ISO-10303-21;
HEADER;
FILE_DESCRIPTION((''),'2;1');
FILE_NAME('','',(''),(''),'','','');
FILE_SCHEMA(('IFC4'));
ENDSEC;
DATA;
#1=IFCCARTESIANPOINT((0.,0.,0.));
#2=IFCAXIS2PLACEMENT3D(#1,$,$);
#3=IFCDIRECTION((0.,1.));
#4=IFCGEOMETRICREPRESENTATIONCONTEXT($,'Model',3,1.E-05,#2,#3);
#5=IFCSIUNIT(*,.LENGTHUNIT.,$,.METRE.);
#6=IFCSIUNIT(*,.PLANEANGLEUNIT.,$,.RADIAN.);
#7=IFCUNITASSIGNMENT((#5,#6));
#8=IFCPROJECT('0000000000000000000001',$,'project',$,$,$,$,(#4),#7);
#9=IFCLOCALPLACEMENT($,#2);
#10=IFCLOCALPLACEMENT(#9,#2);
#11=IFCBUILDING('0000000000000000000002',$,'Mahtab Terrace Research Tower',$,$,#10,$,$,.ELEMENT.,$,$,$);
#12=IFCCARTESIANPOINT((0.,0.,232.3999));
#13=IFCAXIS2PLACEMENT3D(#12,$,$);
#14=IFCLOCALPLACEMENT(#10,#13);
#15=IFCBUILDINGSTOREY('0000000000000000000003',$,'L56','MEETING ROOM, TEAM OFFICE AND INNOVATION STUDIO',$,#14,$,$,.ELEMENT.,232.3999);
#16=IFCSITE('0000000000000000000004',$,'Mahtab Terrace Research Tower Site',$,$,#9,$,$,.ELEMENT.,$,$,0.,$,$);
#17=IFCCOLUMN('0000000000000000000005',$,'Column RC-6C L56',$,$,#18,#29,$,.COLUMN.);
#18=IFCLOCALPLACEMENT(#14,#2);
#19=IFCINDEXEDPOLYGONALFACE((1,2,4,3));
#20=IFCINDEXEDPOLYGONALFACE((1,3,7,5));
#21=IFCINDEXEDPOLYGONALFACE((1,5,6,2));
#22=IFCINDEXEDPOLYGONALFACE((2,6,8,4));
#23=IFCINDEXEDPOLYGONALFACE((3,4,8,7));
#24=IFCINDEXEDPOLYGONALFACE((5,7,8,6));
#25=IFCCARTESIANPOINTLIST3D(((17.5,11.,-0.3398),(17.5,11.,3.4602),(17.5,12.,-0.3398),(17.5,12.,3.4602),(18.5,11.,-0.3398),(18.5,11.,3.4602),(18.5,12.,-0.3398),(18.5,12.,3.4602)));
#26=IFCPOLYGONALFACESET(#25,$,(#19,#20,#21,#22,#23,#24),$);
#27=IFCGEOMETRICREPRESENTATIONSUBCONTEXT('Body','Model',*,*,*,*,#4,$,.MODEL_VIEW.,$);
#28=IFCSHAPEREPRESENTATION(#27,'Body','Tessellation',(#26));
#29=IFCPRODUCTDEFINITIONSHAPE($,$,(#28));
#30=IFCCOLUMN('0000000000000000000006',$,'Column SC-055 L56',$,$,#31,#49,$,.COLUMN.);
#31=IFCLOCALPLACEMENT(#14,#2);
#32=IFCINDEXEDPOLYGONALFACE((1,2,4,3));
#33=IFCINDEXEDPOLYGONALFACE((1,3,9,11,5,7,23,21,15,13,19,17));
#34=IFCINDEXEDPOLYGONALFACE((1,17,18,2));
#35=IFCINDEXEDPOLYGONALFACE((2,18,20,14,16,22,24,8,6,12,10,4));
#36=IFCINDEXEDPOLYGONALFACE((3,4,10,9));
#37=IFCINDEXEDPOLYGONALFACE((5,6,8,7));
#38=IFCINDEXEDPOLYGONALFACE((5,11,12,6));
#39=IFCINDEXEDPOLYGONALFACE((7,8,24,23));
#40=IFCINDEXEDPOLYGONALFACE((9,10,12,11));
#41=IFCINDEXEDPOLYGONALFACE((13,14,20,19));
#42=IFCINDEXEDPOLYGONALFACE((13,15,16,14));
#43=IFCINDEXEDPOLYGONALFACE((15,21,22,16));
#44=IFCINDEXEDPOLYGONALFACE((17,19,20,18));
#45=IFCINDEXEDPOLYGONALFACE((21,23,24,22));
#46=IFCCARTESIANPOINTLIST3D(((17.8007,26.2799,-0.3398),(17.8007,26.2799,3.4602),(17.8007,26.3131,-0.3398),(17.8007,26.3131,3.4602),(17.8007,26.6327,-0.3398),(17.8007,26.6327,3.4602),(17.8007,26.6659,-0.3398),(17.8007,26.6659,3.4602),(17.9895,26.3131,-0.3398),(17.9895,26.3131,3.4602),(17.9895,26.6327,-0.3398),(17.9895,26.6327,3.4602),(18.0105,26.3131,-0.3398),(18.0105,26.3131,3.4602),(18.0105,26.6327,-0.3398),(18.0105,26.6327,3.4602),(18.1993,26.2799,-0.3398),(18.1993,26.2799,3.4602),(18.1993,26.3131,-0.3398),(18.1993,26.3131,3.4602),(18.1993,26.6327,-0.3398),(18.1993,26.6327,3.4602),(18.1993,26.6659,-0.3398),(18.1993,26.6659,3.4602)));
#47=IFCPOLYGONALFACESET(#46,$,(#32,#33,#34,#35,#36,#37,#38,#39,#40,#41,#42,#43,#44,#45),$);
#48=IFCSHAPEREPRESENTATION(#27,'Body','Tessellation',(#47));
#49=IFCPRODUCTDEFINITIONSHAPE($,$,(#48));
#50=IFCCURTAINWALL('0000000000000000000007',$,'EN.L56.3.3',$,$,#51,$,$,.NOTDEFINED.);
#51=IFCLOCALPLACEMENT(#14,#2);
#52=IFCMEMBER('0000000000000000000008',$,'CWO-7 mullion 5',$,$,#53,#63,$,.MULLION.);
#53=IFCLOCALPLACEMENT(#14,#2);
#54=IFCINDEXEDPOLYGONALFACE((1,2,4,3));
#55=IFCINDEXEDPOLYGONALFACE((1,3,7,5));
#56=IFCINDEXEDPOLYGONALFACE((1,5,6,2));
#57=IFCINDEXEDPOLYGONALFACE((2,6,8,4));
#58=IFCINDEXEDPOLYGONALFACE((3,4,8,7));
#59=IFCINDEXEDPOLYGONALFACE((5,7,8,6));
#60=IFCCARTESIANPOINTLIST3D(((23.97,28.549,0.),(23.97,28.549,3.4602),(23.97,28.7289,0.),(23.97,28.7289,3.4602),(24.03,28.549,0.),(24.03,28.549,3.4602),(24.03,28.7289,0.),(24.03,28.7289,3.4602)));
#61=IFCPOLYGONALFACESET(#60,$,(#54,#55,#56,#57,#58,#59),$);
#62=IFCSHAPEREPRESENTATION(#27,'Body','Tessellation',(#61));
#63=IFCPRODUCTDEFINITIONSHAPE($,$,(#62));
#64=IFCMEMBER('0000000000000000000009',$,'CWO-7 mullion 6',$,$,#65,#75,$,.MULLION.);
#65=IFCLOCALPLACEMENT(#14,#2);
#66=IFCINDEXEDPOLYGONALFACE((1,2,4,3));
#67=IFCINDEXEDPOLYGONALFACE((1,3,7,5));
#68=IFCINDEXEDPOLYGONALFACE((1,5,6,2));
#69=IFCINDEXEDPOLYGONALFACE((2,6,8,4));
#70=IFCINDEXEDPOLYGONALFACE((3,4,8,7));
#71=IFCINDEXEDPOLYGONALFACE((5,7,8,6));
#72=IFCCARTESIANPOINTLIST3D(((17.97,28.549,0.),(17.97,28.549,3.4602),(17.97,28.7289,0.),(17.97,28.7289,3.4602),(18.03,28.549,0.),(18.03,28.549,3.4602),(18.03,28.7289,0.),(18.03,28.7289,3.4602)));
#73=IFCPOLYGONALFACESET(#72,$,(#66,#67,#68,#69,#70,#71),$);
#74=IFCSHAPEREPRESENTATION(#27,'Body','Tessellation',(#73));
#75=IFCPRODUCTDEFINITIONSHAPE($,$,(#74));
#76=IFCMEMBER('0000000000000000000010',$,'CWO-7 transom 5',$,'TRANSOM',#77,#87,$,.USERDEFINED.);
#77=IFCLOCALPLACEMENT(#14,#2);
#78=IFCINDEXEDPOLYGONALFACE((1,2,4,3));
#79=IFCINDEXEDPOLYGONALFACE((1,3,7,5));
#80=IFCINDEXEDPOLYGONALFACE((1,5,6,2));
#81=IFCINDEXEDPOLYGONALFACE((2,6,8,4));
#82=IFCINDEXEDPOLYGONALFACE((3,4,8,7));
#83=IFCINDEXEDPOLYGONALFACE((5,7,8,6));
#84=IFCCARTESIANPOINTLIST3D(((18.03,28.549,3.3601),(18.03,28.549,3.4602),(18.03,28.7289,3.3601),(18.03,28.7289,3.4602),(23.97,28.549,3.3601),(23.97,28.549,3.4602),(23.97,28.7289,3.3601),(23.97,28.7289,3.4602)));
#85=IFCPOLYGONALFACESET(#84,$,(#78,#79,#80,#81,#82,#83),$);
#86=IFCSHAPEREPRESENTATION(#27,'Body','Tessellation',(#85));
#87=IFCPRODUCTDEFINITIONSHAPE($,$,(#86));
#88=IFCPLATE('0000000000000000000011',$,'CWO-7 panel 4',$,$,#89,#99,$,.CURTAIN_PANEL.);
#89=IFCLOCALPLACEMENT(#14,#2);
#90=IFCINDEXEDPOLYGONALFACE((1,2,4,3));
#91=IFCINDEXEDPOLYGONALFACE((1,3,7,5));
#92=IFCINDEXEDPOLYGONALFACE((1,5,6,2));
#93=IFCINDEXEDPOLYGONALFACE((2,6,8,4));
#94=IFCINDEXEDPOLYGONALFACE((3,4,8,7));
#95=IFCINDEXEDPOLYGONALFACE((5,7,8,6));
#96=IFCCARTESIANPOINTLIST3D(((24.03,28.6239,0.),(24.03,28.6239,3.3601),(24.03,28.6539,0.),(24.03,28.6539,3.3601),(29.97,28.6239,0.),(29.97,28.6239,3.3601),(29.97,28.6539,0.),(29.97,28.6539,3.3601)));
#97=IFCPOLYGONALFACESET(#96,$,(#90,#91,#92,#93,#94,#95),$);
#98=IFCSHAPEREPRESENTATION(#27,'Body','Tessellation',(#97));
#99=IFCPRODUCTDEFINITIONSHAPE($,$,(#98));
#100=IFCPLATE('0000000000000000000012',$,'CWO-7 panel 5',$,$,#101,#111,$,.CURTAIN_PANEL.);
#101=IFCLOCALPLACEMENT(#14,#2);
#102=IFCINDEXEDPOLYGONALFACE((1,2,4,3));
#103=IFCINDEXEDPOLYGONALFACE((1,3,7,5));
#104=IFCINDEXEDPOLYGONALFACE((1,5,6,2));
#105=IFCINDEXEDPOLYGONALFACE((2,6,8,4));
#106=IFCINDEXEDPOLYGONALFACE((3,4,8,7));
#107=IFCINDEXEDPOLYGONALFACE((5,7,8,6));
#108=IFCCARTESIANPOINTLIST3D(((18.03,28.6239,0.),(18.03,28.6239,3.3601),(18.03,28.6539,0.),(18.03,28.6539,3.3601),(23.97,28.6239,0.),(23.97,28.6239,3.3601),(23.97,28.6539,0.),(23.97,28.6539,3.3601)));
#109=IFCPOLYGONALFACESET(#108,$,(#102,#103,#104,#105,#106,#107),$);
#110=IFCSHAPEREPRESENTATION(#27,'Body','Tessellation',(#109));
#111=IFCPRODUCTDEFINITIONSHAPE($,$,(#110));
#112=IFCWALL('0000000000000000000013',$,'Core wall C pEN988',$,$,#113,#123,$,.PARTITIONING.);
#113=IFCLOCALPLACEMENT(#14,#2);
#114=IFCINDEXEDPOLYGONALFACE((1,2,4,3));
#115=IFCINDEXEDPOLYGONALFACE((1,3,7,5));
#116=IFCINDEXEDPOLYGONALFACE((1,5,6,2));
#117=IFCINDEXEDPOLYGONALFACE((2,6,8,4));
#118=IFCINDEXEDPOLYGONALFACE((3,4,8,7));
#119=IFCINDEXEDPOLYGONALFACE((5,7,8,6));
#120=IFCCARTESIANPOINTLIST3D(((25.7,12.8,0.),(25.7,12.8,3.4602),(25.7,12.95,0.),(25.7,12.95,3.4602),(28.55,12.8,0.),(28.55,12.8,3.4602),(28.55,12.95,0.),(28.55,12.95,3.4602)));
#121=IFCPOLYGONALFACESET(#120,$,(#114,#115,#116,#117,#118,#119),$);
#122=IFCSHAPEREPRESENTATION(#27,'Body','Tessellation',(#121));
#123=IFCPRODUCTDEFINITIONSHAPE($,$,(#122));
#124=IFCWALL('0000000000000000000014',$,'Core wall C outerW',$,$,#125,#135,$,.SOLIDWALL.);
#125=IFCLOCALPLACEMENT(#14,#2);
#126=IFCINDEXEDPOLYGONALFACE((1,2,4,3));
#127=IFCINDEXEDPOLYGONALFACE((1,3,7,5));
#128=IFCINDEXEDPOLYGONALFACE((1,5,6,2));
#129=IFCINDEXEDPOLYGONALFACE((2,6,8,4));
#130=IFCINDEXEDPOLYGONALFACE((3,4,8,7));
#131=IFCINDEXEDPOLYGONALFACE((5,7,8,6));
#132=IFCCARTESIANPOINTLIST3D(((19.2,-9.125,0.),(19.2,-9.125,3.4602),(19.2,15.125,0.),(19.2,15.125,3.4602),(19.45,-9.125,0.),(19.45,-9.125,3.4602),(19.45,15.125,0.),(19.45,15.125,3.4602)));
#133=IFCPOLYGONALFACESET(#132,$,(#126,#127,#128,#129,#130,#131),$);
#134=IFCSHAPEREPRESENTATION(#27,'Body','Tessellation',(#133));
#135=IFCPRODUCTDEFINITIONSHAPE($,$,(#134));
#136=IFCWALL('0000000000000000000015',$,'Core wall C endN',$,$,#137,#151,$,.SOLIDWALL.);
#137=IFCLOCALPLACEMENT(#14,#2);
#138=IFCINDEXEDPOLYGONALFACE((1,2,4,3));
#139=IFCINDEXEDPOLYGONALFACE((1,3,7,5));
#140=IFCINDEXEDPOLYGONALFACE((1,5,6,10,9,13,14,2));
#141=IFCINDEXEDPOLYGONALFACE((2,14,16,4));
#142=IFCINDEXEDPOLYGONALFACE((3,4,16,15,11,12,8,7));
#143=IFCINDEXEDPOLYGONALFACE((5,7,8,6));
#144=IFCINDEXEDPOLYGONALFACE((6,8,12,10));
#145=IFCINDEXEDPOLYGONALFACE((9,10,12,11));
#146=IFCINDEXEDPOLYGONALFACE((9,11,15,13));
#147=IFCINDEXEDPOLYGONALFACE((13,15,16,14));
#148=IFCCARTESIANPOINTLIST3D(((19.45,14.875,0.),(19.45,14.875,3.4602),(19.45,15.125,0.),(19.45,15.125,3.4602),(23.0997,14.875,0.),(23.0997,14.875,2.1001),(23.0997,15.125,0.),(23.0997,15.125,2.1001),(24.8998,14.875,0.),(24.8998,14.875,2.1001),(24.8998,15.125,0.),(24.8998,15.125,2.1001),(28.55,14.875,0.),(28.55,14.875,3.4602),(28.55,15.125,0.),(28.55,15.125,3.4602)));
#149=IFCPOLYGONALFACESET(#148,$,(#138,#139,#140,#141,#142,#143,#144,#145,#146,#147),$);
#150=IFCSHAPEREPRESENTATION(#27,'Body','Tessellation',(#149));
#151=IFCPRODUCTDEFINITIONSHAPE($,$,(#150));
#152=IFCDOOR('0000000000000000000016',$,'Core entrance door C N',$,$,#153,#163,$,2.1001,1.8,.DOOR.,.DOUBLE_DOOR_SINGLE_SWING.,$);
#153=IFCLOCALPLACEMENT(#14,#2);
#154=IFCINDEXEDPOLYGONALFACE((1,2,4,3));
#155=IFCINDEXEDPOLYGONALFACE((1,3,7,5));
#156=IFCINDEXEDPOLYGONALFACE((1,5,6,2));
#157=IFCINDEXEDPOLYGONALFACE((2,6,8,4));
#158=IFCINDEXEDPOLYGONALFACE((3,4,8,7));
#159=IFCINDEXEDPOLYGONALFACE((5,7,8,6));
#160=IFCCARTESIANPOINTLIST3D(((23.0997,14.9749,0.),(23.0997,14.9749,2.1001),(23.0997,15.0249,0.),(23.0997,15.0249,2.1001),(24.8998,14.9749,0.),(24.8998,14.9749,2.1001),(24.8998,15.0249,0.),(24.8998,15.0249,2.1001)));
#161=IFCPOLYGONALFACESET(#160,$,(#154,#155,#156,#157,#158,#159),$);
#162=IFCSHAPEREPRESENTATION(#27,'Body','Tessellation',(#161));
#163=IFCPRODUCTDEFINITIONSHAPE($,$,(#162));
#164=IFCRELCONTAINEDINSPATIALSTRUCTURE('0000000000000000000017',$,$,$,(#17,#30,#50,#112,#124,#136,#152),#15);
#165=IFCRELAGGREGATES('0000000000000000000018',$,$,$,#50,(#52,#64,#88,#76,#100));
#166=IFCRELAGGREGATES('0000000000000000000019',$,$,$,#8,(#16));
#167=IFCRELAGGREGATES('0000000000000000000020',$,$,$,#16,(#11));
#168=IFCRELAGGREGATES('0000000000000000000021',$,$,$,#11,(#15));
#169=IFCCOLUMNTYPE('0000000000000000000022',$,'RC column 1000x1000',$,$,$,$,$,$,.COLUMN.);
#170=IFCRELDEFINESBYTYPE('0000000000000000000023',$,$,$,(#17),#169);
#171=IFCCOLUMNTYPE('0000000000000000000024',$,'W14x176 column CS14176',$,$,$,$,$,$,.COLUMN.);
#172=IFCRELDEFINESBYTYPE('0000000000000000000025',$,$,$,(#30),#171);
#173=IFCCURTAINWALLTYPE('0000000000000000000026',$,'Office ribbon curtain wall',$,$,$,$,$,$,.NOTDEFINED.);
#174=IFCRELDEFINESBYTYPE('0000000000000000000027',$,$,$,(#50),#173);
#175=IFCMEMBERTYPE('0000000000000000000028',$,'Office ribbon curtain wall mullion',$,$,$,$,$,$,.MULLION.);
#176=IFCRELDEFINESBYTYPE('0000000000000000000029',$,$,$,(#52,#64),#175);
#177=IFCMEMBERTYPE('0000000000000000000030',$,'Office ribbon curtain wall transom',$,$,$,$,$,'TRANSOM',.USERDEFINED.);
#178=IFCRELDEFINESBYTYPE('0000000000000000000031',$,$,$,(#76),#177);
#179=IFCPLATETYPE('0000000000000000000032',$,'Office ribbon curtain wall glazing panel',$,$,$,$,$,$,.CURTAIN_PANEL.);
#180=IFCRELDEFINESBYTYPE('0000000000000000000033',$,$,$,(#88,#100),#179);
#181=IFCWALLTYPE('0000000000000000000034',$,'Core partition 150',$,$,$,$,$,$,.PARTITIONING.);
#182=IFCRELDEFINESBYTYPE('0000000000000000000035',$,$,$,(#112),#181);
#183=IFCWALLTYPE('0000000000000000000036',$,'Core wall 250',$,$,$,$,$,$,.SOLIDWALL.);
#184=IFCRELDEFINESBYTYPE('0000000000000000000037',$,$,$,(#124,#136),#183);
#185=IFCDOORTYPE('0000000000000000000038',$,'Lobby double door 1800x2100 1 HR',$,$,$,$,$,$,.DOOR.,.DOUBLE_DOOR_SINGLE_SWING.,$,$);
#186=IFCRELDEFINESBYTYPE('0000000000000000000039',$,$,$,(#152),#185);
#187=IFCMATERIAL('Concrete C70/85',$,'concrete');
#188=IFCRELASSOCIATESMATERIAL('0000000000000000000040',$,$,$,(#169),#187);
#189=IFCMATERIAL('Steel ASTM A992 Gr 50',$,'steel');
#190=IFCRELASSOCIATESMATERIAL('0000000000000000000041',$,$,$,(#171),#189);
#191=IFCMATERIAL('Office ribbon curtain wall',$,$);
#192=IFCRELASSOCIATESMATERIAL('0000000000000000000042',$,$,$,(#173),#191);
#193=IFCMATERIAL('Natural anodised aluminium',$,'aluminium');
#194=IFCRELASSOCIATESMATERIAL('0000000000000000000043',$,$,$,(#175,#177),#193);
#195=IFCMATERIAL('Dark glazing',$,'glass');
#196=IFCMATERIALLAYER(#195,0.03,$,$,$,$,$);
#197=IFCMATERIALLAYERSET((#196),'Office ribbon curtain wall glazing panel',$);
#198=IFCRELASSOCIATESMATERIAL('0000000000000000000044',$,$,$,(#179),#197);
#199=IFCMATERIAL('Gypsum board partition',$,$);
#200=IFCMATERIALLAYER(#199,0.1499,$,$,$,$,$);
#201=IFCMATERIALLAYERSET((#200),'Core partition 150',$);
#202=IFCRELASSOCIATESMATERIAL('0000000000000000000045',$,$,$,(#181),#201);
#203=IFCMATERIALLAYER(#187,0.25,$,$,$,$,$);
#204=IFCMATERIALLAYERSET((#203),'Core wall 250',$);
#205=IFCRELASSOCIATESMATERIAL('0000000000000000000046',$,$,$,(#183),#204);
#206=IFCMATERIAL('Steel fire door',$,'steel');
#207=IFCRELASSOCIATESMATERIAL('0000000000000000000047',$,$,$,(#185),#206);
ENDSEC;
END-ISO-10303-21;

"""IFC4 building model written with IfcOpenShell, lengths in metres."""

from ifc_helpers import new_model, si_unit, direction, frame, frame_2d, origin, origin_2d, place, context, subcontext, project, spatial, rectangle, i_section, extrude, material, layer, layer_set, material_profile, profile_set, type_object, element, fill, aggregate, save


model = new_model("IFC4")

# Units and contexts
model_context = context("Model", 3, precision=1e-05, world=origin(), true_north=direction((0.0, 1.0)))
body_context = subcontext(model_context, "Body", "Model", "MODEL_VIEW")
ifc_project = project(units=[si_unit("LENGTHUNIT", "METRE"), si_unit("PLANEANGLEUNIT", "RADIAN")], contexts=[model_context])

# Site, building, storey
site_placement = place(None, origin())
site = spatial("IfcSite", under=ifc_project, at=site_placement, Name="Mahtab Terrace Research Tower Site", CompositionType="ELEMENT", RefElevation=0.0)
building_placement = place(site_placement, origin())
building = spatial("IfcBuilding", under=site, at=building_placement, Name="Mahtab Terrace Research Tower", CompositionType="ELEMENT")
storey_placement = place(building_placement, frame((0.0, 0.0, 232.3999)))
storey = spatial("IfcBuildingStorey", under=building, at=storey_placement, Name="L56", Description="MEETING ROOM, TEAM OFFICE AND INNOVATION STUDIO", CompositionType="ELEMENT", Elevation=232.3999)

# Columns
ifc_material_1 = material(Name="Concrete C70/85", Category="concrete")
ifc_material_profile_1 = material_profile(ifc_material_1, rectangle(XDim=1.0, YDim=1.0, at=origin_2d()), Name="RC column 1000x1000")
ifc_profile_set_1 = profile_set([ifc_material_profile_1], Name="Concrete C70/85")
column_type_1 = type_object("IfcColumnType", Name="RC column 1000x1000", PredefinedType="COLUMN", material=ifc_profile_set_1)
column_1_placement = place(storey_placement, frame((18.0, 11.5, -0.3398), z_axis=(0.0, 0.0, 1.0), x_axis=(1.0, 0.0, 0.0)))
element("IfcColumn", 1, at=column_1_placement, inside=storey, type_object=column_type_1, Name="Column RC-6C L56", PredefinedType="COLUMN", context=body_context, shape_type="SweptSolid", body=[
    extrude(rectangle(XDim=1.0, YDim=1.0, at=origin_2d()), origin(), (0.0, 0.0, 1.0), 3.8),
])
ifc_material_2 = material(Name="Steel ASTM A992 Gr 50", Category="steel")
ifc_material_profile_2 = material_profile(ifc_material_2, i_section(OverallWidth=0.3987, OverallDepth=0.386, WebThickness=0.021, FlangeThickness=0.0332, at=origin_2d()), Name="W14X176")
ifc_profile_set_2 = profile_set([ifc_material_profile_2], Name="Steel ASTM A992 Gr 50")
column_type_2 = type_object("IfcColumnType", Name="W14x176 column CS14176", PredefinedType="COLUMN", material=ifc_profile_set_2)
column_2_placement = place(storey_placement, frame((18.0, 26.4729, -0.3398), z_axis=(0.0, 0.0, 1.0), x_axis=(1.0, 0.0, 0.0)))
element("IfcColumn", 2, at=column_2_placement, inside=storey, type_object=column_type_2, Name="Column SC-055 L56", PredefinedType="COLUMN", context=body_context, shape_type="SweptSolid", body=[
    extrude(i_section(OverallWidth=0.3987, OverallDepth=0.386, WebThickness=0.021, FlangeThickness=0.0332, at=origin_2d()), origin(), (0.0, 0.0, 1.0), 3.8),
])

# Curtain wall, members, plates
ifc_material_3 = material(Name="Office ribbon curtain wall")
curtain_wall_type = type_object("IfcCurtainWallType", Name="Office ribbon curtain wall", PredefinedType="NOTDEFINED", material=ifc_material_3)
curtain_wall_placement = place(storey_placement, origin())
curtain_wall = element("IfcCurtainWall", 3, at=curtain_wall_placement, inside=storey, type_object=curtain_wall_type, Name="EN.L56.3.3", PredefinedType="NOTDEFINED")
ifc_material_4 = material(Name="Natural anodised aluminium", Category="aluminium")
ifc_material_profile_3 = material_profile(ifc_material_4, rectangle(XDim=0.1799, YDim=0.0601, at=origin_2d()), Name="MULLION 60x180")
ifc_profile_set_3 = profile_set([ifc_material_profile_3], Name="Natural anodised aluminium")
member_type_1 = type_object("IfcMemberType", Name="Office ribbon curtain wall mullion", PredefinedType="MULLION", material=ifc_profile_set_3)
member_1_placement = place(storey_placement, frame((24.0, 28.6389, 0.0), z_axis=(0.0, 0.0, 1.0), x_axis=(0.0, -1.0, 0.0)))
member_1 = element("IfcMember", 4, at=member_1_placement, type_object=member_type_1, Name="CWO-7 mullion 5", PredefinedType="MULLION", context=body_context, shape_type="SweptSolid", body=[
    extrude(rectangle(XDim=0.1799, YDim=0.0601, at=origin_2d()), origin(), (0.0, 0.0, 1.0), 3.4602),
])
member_2_placement = place(storey_placement, frame((18.0, 28.6389, 0.0), z_axis=(0.0, 0.0, 1.0), x_axis=(0.0, -1.0, 0.0)))
member_2 = element("IfcMember", 5, at=member_2_placement, type_object=member_type_1, Name="CWO-7 mullion 6", PredefinedType="MULLION", context=body_context, shape_type="SweptSolid", body=[
    extrude(rectangle(XDim=0.1799, YDim=0.0601, at=origin_2d()), origin(), (0.0, 0.0, 1.0), 3.4602),
])
ifc_material_profile_4 = material_profile(ifc_material_4, rectangle(XDim=0.1799, YDim=0.1001, at=origin_2d()), Name="TRANSOM 100x180")
ifc_profile_set_4 = profile_set([ifc_material_profile_4], Name="Natural anodised aluminium")
member_type_2 = type_object("IfcMemberType", Name="Office ribbon curtain wall transom", ElementType="TRANSOM", PredefinedType="USERDEFINED", material=ifc_profile_set_4)
member_3_placement = place(storey_placement, frame((23.97, 28.6389, 3.4102), z_axis=(-1.0, 0.0, 0.0), x_axis=(0.0, -1.0, 0.0)))
member_3 = element("IfcMember", 6, at=member_3_placement, type_object=member_type_2, Name="CWO-7 transom 5", ObjectType="TRANSOM", PredefinedType="USERDEFINED", context=body_context, shape_type="SweptSolid", body=[
    extrude(rectangle(XDim=0.1799, YDim=0.1001, at=origin_2d()), origin(), (0.0, 0.0, 1.0), 5.9399),
])
ifc_material_5 = material(Name="Dark glazing", Category="glass")
ifc_layer_1 = layer(ifc_material_5, 0.03)
ifc_layer_set_1 = layer_set([ifc_layer_1], Name="Office ribbon curtain wall glazing panel")
plate_type = type_object("IfcPlateType", Name="Office ribbon curtain wall glazing panel", PredefinedType="CURTAIN_PANEL", material=ifc_layer_set_1)
plate_1_placement = place(storey_placement, frame((27.0, 28.6389, 0.0), z_axis=(0.0, 0.0, 1.0), x_axis=(-1.0, 0.0, 0.0)))
plate_1 = element("IfcPlate", 7, at=plate_1_placement, type_object=plate_type, Name="CWO-7 panel 4", PredefinedType="CURTAIN_PANEL", context=body_context, shape_type="SweptSolid", body=[
    extrude(rectangle(XDim=5.9399, YDim=0.03, at=origin_2d()), origin(), (0.0, 0.0, 1.0), 3.3601),
])
plate_2_placement = place(storey_placement, frame((21.0, 28.6389, 0.0), z_axis=(0.0, 0.0, 1.0), x_axis=(-1.0, 0.0, 0.0)))
plate_2 = element("IfcPlate", 8, at=plate_2_placement, type_object=plate_type, Name="CWO-7 panel 5", PredefinedType="CURTAIN_PANEL", context=body_context, shape_type="SweptSolid", body=[
    extrude(rectangle(XDim=5.9399, YDim=0.03, at=origin_2d()), origin(), (0.0, 0.0, 1.0), 3.3601),
])
aggregate(curtain_wall, [member_1, member_2, plate_1, member_3, plate_2])

# Walls
ifc_material_6 = material(Name="Gypsum board partition")
ifc_layer_2 = layer(ifc_material_6, 0.1499)
ifc_layer_set_2 = layer_set([ifc_layer_2], Name="Core partition 150")
wall_type_1 = type_object("IfcWallType", Name="Core partition 150", PredefinedType="PARTITIONING", material=ifc_layer_set_2)
wall_1_placement = place(storey_placement, frame((25.7, 12.875, 0.0), z_axis=(0.0, 0.0, 1.0), x_axis=(1.0, 0.0, 0.0)))
element("IfcWall", 9, at=wall_1_placement, inside=storey, type_object=wall_type_1, Name="Core wall C pEN988", PredefinedType="PARTITIONING", context=body_context, shape_type="SweptSolid", body=[
    extrude(rectangle(XDim=2.8501, YDim=0.1499, at=frame_2d((1.425, 0.0))), origin(), (0.0, 0.0, 1.0), 3.4602),
])
ifc_layer_3 = layer(ifc_material_1, 0.25)
ifc_layer_set_3 = layer_set([ifc_layer_3], Name="Core wall 250")
wall_type_2 = type_object("IfcWallType", Name="Core wall 250", PredefinedType="SOLIDWALL", material=ifc_layer_set_3)
wall_2_placement = place(storey_placement, frame((19.325, 15.125, 0.0), z_axis=(0.0, 0.0, 1.0), x_axis=(0.0, -1.0, 0.0)))
element("IfcWall", 10, at=wall_2_placement, inside=storey, type_object=wall_type_2, Name="Core wall C outerW", PredefinedType="SOLIDWALL", context=body_context, shape_type="SweptSolid", body=[
    extrude(rectangle(XDim=24.25, YDim=0.25, at=frame_2d((12.125, 0.0))), origin(), (0.0, 0.0, 1.0), 3.4602),
])

# Wall, opening, door
wall_3_placement = place(storey_placement, frame((19.45, 15.0, 0.0), z_axis=(0.0, 0.0, 1.0), x_axis=(1.0, 0.0, 0.0)))
wall_3 = element("IfcWall", 11, at=wall_3_placement, inside=storey, type_object=wall_type_2, Name="Core wall C endN", PredefinedType="SOLIDWALL", context=body_context, shape_type="SweptSolid", body=[
    extrude(rectangle(XDim=9.1001, YDim=0.25, at=frame_2d((4.55, 0.0))), origin(), (0.0, 0.0, 1.0), 3.4602),
])
opening_1_placement = place(wall_3_placement, frame((3.6499, 0.0, 0.0)))
opening_1 = element("IfcOpeningElement", 12, at=opening_1_placement, cuts=wall_3, PredefinedType="OPENING", context=body_context, shape_type="SweptSolid", body=[
    extrude(rectangle(XDim=1.8, YDim=2.1001, at=frame_2d((0.8999, 1.05))), frame((0.0, 0.135, 0.0), z_axis=(0.0, -1.0, 0.0), x_axis=(1.0, 0.0, 0.0)), (0.0, 0.0, 1.0), 0.27),
])
ifc_material_7 = material(Name="Steel fire door", Category="steel")
door_type_1 = type_object("IfcDoorType", Name="Lobby double door 1800x2100 1 HR", OperationType="DOUBLE_DOOR_SINGLE_SWING", PredefinedType="DOOR", material=ifc_material_7)
door_1_placement = place(opening_1_placement, origin())
door_1 = element("IfcDoor", 13, at=door_1_placement, inside=storey, type_object=door_type_1, Name="Core entrance door C N", OperationType="DOUBLE_DOOR_SINGLE_SWING", OverallHeight=2.1001, OverallWidth=1.8, PredefinedType="DOOR", context=body_context, shape_type="SweptSolid", body=[
    extrude(rectangle(XDim=1.8, YDim=2.1001, at=frame_2d((0.8999, 1.05))), frame((0.0, 0.0249, 0.0), z_axis=(0.0, -1.0, 0.0), x_axis=(1.0, 0.0, 0.0)), (0.0, 0.0, 1.0), 0.05),
])
fill(opening_1, door_1)

save(model, "model.ifc")
